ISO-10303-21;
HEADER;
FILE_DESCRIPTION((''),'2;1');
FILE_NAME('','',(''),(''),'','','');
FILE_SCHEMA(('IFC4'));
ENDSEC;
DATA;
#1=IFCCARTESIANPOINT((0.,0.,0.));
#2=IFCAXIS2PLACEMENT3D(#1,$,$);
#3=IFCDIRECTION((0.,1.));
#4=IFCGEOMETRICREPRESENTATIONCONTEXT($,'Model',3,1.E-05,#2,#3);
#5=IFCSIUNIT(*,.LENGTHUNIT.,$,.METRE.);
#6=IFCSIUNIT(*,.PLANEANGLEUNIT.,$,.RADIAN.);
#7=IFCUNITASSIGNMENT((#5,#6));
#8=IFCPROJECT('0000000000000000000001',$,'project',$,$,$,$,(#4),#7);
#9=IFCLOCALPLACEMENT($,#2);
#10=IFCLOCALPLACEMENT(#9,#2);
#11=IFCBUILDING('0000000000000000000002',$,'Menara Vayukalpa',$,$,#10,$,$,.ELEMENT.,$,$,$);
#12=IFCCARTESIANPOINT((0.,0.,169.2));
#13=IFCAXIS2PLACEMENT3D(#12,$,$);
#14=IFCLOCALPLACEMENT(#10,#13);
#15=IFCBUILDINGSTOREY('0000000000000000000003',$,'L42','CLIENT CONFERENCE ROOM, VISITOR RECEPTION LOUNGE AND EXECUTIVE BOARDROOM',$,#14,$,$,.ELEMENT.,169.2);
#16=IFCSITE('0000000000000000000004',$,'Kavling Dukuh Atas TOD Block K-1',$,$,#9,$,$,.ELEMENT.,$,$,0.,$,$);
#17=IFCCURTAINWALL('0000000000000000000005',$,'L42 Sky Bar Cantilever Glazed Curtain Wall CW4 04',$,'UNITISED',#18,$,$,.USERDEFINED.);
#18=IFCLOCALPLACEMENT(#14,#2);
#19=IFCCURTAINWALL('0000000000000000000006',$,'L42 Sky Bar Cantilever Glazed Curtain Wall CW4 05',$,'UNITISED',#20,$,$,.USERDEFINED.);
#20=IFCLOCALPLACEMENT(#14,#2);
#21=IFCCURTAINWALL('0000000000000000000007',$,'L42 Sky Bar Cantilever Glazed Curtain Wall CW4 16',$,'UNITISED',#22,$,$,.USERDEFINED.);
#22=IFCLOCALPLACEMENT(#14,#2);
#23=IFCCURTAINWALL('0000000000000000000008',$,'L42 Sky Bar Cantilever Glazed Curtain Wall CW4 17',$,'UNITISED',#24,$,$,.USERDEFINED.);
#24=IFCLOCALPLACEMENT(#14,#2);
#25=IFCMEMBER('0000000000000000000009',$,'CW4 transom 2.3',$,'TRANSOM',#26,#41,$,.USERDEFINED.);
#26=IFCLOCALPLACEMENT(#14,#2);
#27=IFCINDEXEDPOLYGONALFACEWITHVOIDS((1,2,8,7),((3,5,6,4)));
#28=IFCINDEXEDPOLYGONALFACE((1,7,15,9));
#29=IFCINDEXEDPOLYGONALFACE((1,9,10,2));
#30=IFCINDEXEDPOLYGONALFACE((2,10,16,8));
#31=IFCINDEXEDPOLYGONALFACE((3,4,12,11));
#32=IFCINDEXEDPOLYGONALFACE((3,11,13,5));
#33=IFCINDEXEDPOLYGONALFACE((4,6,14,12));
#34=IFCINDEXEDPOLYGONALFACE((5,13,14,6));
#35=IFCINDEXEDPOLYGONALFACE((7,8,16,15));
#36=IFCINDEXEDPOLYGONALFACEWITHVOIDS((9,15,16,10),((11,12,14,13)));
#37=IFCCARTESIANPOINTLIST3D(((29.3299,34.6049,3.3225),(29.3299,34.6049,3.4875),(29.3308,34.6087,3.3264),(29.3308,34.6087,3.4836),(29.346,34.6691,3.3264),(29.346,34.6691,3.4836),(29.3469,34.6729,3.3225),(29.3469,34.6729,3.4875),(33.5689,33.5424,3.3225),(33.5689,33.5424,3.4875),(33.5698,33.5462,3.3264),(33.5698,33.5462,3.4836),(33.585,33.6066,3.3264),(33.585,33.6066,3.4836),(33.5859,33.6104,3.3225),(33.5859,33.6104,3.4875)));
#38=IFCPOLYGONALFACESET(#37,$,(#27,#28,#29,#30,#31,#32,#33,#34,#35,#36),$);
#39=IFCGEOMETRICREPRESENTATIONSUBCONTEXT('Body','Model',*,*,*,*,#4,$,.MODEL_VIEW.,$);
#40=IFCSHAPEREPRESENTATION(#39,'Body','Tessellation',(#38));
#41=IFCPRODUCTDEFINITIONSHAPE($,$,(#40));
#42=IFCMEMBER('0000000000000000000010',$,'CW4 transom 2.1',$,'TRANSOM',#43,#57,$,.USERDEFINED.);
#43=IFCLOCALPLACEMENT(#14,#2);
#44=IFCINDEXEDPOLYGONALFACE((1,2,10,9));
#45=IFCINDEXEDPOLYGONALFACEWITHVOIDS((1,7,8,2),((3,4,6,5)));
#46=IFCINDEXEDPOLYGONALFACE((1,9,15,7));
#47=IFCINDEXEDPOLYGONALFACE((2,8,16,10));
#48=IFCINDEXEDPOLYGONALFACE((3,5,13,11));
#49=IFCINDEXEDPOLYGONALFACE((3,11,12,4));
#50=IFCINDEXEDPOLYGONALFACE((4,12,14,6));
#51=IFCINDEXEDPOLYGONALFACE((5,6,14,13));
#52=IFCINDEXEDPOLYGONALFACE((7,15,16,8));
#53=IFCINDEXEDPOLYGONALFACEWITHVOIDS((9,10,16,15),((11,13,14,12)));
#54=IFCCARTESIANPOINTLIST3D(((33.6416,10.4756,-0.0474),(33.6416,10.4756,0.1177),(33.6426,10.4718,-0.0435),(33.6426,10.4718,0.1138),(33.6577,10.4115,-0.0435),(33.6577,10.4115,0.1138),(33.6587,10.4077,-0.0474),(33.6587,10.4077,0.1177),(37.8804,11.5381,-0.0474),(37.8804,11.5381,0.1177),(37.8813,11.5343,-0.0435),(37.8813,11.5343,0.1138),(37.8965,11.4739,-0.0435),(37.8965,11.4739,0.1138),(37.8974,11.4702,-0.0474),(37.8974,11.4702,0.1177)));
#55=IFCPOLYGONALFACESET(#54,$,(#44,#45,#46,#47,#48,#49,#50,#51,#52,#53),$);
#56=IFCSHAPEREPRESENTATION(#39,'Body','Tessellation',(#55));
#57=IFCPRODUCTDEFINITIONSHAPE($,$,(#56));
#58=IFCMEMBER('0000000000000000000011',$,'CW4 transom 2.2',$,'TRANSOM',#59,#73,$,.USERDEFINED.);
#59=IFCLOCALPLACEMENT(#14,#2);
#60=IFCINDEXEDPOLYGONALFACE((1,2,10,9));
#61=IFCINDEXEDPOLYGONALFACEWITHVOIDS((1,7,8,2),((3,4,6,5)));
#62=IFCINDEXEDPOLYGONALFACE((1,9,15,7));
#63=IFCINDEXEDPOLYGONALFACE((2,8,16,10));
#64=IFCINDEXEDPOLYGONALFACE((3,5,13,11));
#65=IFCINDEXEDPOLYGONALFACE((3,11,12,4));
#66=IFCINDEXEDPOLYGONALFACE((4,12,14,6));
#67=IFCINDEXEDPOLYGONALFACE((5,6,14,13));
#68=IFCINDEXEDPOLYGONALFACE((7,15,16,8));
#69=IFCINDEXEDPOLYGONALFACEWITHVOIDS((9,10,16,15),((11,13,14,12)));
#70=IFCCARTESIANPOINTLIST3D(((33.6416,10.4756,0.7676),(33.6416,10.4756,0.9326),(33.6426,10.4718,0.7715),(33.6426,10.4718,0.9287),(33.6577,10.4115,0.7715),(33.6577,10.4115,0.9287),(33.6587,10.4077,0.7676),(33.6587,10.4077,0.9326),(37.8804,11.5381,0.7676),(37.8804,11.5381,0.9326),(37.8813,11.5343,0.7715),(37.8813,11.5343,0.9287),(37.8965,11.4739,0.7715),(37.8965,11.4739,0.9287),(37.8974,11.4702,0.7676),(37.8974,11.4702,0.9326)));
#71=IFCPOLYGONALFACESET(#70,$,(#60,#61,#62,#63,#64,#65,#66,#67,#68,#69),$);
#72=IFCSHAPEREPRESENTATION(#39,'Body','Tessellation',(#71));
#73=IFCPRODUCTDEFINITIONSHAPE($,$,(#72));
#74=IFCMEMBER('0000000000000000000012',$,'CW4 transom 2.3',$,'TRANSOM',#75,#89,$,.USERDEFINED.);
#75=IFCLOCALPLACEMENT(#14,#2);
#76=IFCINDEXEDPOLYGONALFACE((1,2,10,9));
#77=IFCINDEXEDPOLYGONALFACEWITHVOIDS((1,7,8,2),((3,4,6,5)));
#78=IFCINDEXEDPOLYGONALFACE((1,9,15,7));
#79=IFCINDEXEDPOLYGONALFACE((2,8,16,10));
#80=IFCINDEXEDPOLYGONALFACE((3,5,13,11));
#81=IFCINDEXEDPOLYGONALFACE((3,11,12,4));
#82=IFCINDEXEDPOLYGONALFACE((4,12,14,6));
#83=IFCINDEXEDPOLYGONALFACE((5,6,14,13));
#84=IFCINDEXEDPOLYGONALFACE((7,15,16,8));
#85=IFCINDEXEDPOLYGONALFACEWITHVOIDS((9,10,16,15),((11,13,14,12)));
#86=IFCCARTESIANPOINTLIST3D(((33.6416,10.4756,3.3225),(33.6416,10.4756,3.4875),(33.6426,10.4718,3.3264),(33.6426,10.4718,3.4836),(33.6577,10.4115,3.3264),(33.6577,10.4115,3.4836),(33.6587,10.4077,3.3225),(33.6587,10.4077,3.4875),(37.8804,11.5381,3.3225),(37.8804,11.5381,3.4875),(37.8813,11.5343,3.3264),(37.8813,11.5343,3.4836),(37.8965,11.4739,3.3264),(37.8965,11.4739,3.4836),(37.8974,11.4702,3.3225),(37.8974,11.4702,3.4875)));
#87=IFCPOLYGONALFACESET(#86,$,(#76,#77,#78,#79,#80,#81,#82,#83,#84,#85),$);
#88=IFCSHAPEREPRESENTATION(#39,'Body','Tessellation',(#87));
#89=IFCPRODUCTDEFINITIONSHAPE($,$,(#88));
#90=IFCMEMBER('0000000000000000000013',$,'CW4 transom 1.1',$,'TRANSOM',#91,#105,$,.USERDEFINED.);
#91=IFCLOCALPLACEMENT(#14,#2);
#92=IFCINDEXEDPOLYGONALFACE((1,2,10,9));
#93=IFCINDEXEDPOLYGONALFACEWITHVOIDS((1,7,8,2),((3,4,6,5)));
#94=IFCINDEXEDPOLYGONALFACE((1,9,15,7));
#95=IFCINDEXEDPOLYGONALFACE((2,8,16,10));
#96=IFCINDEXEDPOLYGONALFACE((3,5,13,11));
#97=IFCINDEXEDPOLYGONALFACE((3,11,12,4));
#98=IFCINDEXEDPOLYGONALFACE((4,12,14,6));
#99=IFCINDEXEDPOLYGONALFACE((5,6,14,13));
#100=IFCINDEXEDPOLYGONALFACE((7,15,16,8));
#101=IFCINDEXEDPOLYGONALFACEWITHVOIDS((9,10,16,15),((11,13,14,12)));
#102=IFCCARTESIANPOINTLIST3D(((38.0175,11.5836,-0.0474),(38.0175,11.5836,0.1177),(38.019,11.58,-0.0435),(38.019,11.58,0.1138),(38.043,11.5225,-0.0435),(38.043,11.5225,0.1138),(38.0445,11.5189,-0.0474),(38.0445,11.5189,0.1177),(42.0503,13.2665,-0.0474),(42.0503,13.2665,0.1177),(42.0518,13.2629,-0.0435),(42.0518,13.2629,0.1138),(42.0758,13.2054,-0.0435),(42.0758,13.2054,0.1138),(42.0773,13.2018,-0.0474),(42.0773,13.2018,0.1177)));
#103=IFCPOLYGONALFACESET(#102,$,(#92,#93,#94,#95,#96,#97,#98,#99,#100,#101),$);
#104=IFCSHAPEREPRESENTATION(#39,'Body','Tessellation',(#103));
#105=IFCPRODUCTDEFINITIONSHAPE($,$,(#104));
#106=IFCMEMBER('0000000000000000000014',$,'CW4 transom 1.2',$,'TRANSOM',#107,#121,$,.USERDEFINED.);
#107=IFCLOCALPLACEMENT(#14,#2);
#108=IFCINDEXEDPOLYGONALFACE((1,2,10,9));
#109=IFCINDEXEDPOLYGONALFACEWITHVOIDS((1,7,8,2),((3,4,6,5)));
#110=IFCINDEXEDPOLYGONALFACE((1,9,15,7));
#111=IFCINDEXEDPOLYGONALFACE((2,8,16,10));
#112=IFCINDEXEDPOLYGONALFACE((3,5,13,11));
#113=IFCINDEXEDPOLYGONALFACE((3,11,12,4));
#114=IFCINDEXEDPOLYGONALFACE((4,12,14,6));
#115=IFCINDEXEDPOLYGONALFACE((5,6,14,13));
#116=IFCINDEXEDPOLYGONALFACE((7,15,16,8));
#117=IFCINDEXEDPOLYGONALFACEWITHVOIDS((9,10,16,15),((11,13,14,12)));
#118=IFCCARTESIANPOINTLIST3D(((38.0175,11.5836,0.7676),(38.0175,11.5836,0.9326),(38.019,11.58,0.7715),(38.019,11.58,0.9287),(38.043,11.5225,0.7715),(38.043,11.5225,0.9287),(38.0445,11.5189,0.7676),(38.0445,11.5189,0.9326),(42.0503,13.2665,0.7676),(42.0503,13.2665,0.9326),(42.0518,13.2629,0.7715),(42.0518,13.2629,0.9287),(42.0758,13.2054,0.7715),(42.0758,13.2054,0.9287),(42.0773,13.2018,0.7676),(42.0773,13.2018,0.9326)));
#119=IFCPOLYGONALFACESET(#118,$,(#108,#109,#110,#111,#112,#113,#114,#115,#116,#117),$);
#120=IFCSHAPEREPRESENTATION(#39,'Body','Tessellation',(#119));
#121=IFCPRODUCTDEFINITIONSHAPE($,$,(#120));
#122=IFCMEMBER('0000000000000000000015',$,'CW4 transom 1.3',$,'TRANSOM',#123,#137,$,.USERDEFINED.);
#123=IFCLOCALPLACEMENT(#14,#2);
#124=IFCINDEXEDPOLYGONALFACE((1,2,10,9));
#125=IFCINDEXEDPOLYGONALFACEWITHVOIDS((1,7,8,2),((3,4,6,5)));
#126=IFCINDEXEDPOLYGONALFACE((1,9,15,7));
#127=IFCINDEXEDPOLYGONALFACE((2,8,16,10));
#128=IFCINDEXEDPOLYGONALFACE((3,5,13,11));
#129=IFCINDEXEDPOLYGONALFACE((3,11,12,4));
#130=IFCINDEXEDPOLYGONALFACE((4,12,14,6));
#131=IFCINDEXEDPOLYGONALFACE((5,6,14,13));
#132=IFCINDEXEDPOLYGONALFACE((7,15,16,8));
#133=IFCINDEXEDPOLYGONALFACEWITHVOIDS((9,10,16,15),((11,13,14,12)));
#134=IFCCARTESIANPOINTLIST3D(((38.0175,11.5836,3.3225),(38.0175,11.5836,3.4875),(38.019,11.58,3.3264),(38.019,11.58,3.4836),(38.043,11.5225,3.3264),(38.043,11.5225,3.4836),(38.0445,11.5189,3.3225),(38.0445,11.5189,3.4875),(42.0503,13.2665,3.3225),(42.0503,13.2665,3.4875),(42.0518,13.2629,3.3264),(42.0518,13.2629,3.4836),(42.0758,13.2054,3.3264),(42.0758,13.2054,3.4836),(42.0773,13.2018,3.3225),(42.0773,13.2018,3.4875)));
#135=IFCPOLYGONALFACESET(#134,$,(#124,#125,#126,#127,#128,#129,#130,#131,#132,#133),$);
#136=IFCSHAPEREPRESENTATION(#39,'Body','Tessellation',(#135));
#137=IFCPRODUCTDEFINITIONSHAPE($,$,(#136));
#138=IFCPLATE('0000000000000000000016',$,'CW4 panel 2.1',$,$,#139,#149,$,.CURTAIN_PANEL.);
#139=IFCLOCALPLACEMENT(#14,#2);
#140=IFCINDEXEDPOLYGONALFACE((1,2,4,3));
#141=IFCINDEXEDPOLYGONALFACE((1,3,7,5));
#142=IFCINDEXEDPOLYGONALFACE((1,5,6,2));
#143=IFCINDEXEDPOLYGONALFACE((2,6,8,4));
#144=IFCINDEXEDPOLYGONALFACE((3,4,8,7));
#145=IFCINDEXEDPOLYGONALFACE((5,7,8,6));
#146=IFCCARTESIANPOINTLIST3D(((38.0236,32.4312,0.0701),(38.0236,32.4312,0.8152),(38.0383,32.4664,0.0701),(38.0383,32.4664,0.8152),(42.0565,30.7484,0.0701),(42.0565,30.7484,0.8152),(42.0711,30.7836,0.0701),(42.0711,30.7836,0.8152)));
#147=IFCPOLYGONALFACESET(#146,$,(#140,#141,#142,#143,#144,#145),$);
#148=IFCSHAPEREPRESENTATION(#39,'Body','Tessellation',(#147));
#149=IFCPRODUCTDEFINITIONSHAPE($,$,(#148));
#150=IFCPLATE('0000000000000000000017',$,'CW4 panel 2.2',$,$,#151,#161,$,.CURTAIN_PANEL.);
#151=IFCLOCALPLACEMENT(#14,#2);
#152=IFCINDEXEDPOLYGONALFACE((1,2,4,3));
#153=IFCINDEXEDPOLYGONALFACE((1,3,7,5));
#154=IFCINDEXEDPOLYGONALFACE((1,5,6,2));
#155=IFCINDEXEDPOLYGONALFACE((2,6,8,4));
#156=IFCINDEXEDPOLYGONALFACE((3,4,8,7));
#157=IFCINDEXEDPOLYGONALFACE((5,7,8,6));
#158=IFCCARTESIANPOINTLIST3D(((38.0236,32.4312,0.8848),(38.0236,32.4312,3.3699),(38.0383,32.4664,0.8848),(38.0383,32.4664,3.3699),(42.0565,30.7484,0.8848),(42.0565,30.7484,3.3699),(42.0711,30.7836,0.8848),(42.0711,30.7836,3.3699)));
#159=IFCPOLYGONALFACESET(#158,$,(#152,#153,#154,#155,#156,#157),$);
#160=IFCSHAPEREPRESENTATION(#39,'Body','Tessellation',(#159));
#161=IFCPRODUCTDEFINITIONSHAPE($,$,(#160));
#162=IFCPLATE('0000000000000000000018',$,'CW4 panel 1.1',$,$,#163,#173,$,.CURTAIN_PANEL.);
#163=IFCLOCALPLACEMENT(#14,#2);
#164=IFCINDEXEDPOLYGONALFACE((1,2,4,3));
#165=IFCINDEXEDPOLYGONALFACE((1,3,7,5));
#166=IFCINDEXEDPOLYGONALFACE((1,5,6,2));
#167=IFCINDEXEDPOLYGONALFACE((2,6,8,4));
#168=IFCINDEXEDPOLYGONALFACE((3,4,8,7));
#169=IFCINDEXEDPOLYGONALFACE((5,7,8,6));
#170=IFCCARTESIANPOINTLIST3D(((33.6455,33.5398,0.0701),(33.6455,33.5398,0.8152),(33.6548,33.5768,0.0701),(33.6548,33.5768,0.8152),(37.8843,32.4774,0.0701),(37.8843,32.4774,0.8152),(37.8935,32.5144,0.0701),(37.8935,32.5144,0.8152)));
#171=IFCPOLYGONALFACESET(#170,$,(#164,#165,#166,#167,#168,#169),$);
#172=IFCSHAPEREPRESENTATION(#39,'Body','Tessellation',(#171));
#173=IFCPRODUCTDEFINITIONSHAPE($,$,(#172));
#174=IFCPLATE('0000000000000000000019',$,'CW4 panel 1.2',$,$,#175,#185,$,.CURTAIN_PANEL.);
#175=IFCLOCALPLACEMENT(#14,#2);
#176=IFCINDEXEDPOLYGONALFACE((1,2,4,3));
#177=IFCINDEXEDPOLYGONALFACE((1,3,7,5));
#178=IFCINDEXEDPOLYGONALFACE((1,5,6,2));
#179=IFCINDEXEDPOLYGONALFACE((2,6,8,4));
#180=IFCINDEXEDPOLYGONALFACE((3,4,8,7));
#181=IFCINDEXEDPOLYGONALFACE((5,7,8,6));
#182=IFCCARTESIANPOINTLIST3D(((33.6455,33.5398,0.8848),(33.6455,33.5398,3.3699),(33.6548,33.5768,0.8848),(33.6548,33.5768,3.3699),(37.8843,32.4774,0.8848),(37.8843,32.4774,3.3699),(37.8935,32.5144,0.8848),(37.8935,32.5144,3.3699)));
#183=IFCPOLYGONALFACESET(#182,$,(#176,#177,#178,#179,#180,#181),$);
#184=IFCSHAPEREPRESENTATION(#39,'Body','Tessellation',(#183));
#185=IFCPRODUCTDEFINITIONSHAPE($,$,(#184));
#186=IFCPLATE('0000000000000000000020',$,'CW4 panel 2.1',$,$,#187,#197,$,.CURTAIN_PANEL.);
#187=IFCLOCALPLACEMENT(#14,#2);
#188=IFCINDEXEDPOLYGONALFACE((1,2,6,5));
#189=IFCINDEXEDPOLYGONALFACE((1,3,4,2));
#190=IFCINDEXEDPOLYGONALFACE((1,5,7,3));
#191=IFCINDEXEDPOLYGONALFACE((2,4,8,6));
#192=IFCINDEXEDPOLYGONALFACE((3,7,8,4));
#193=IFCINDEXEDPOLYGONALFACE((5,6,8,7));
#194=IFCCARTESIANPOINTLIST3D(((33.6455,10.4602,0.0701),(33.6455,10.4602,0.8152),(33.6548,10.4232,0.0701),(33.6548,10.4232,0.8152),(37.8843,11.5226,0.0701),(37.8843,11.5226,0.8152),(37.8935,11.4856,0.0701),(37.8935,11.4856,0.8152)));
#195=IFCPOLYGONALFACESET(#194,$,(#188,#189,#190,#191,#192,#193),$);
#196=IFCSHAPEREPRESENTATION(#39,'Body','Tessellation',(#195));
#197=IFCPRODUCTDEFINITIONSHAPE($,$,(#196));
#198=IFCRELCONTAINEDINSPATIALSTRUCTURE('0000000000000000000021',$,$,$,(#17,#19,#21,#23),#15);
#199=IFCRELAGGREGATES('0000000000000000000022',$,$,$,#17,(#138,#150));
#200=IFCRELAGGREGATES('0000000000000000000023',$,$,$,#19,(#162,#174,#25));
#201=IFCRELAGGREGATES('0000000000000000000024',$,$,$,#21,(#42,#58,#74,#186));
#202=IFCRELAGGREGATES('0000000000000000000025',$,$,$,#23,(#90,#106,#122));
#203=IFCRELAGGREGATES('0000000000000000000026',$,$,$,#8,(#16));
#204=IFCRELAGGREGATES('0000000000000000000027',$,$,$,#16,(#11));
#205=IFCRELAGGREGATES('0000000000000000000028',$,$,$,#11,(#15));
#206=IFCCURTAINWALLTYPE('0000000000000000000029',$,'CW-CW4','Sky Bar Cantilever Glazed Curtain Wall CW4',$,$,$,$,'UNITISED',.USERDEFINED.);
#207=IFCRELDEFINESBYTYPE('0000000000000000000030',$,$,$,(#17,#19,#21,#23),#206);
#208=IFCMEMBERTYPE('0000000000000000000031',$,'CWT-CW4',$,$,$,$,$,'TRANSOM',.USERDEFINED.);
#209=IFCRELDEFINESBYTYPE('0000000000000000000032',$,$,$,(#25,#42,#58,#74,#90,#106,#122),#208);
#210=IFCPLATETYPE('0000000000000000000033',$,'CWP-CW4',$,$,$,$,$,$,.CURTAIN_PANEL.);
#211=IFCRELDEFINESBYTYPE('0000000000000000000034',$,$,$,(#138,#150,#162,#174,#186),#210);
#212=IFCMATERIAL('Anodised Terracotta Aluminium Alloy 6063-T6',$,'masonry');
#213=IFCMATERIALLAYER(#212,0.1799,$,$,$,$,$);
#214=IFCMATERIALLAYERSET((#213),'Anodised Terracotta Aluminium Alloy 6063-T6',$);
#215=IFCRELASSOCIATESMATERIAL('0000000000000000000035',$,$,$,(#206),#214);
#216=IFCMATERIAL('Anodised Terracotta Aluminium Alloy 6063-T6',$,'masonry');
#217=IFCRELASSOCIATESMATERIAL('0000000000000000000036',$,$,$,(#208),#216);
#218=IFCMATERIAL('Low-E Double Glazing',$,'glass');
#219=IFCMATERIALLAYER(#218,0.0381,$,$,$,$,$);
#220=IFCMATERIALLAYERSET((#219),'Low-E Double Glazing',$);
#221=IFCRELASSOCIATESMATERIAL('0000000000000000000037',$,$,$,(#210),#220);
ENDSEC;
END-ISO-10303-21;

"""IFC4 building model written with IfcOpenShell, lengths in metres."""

from ifc_helpers import new_model, si_unit, direction, frame, origin, origin_2d, place, context, subcontext, project, spatial, rectangle, hollow_rectangle, extrude, material, layer, layer_set, material_profile, profile_set, type_object, element, aggregate, save


model = new_model("IFC4")

# Units and contexts
model_context = context("Model", 3, precision=1e-05, world=origin(), true_north=direction((0.0, 1.0)))
body_context = subcontext(model_context, "Body", "Model", "MODEL_VIEW")
ifc_project = project(units=[si_unit("LENGTHUNIT", "METRE"), si_unit("PLANEANGLEUNIT", "RADIAN")], contexts=[model_context])

# Site, building, storey
site_placement = place(None, origin())
site = spatial("IfcSite", under=ifc_project, at=site_placement, Name="Kavling Dukuh Atas TOD Block K-1", CompositionType="ELEMENT", RefElevation=0.0)
building_placement = place(site_placement, origin())
building = spatial("IfcBuilding", under=site, at=building_placement, Name="Menara Vayukalpa", CompositionType="ELEMENT")
storey_placement = place(building_placement, frame((0.0, 0.0, 169.2)))
storey = spatial("IfcBuildingStorey", under=building, at=storey_placement, Name="L42", Description="CLIENT CONFERENCE ROOM, VISITOR RECEPTION LOUNGE AND EXECUTIVE BOARDROOM", CompositionType="ELEMENT", Elevation=169.2)

# Curtain wall
ifc_material_1 = material(Name="Anodised Terracotta Aluminium Alloy 6063-T6", Category="masonry")
ifc_layer_1 = layer(ifc_material_1, 0.1799)
ifc_layer_set_1 = layer_set([ifc_layer_1], Name="Anodised Terracotta Aluminium Alloy 6063-T6")
curtain_wall_type = type_object("IfcCurtainWallType", Name="CW-CW4", Description="Sky Bar Cantilever Glazed Curtain Wall CW4", ElementType="UNITISED", PredefinedType="USERDEFINED", material=ifc_layer_set_1)
curtain_wall_1_placement = place(storey_placement, origin())
curtain_wall_1 = element("IfcCurtainWall", 1, at=curtain_wall_1_placement, inside=storey, type_object=curtain_wall_type, Name="L42 Sky Bar Cantilever Glazed Curtain Wall CW4 04", ObjectType="UNITISED", PredefinedType="USERDEFINED")

# Curtain walls
curtain_wall_2_placement = place(storey_placement, origin())
curtain_wall_2 = element("IfcCurtainWall", 2, at=curtain_wall_2_placement, inside=storey, type_object=curtain_wall_type, Name="L42 Sky Bar Cantilever Glazed Curtain Wall CW4 05", ObjectType="UNITISED", PredefinedType="USERDEFINED")
curtain_wall_3_placement = place(storey_placement, origin())
curtain_wall_3 = element("IfcCurtainWall", 3, at=curtain_wall_3_placement, inside=storey, type_object=curtain_wall_type, Name="L42 Sky Bar Cantilever Glazed Curtain Wall CW4 16", ObjectType="UNITISED", PredefinedType="USERDEFINED")

# Curtain wall
curtain_wall_4_placement = place(storey_placement, origin())
curtain_wall_4 = element("IfcCurtainWall", 4, at=curtain_wall_4_placement, inside=storey, type_object=curtain_wall_type, Name="L42 Sky Bar Cantilever Glazed Curtain Wall CW4 17", ObjectType="UNITISED", PredefinedType="USERDEFINED")

# Members
ifc_material_2 = material(Name="Anodised Terracotta Aluminium Alloy 6063-T6", Category="masonry")
ifc_material_profile_1 = material_profile(ifc_material_2, hollow_rectangle(XDim=0.0701, YDim=0.165, WallThickness=0.0039, at=origin_2d()), Name="ALU 70x165x4")
ifc_profile_set_1 = profile_set([ifc_material_profile_1], Name="Anodised Terracotta Aluminium Alloy 6063-T6")
member_type_1 = type_object("IfcMemberType", Name="CWT-CW4", ElementType="TRANSOM", PredefinedType="USERDEFINED", material=ifc_profile_set_1)
member_1_placement = place(storey_placement, frame((33.5774, 33.5764, 3.405), z_axis=(-0.969994, 0.243127, 0.0), x_axis=(-0.243127, -0.969994, 0.0)))
member_1 = element("IfcMember", 5, at=member_1_placement, type_object=member_type_1, Name="CW4 transom 2.3", ObjectType="TRANSOM", PredefinedType="USERDEFINED", context=body_context, shape_type="SweptSolid", body=[
    extrude(hollow_rectangle(XDim=0.0701, YDim=0.165, WallThickness=0.0039, at=origin_2d()), origin(), (0.0, 0.0, 1.0), 4.3701),
])
member_2_placement = place(storey_placement, frame((33.6501, 10.4417, 0.0352), z_axis=(0.969991, 0.24314, 0.0), x_axis=(-0.24314, 0.969991, 0.0)))
member_2 = element("IfcMember", 6, at=member_2_placement, type_object=member_type_1, Name="CW4 transom 2.1", ObjectType="TRANSOM", PredefinedType="USERDEFINED", context=body_context, shape_type="SweptSolid", body=[
    extrude(hollow_rectangle(XDim=0.0701, YDim=0.165, WallThickness=0.0039, at=origin_2d()), origin(), (0.0, 0.0, 1.0), 4.3699),
])
member_3_placement = place(storey_placement, frame((33.6501, 10.4417, 0.8501), z_axis=(0.969991, 0.24314, 0.0), x_axis=(-0.24314, 0.969991, 0.0)))
member_3 = element("IfcMember", 7, at=member_3_placement, type_object=member_type_1, Name="CW4 transom 2.2", ObjectType="TRANSOM", PredefinedType="USERDEFINED", context=body_context, shape_type="SweptSolid", body=[
    extrude(hollow_rectangle(XDim=0.0701, YDim=0.165, WallThickness=0.0039, at=origin_2d()), origin(), (0.0, 0.0, 1.0), 4.3699),
])
member_4_placement = place(storey_placement, frame((33.6501, 10.4417, 3.405), z_axis=(0.969991, 0.24314, 0.0), x_axis=(-0.24314, 0.969991, 0.0)))
member_4 = element("IfcMember", 8, at=member_4_placement, type_object=member_type_1, Name="CW4 transom 2.3", ObjectType="TRANSOM", PredefinedType="USERDEFINED", context=body_context, shape_type="SweptSolid", body=[
    extrude(hollow_rectangle(XDim=0.0701, YDim=0.165, WallThickness=0.0039, at=origin_2d()), origin(), (0.0, 0.0, 1.0), 4.3699),
])
member_5_placement = place(storey_placement, frame((38.031, 11.5513, 0.0352), z_axis=(0.922869, 0.385115, 0.0), x_axis=(-0.385115, 0.922869, 0.0)))
member_5 = element("IfcMember", 9, at=member_5_placement, type_object=member_type_1, Name="CW4 transom 1.1", ObjectType="TRANSOM", PredefinedType="USERDEFINED", context=body_context, shape_type="SweptSolid", body=[
    extrude(hollow_rectangle(XDim=0.0701, YDim=0.165, WallThickness=0.0039, at=origin_2d()), origin(), (0.0, 0.0, 1.0), 4.3699),
])
member_6_placement = place(storey_placement, frame((38.031, 11.5513, 0.8501), z_axis=(0.922869, 0.385115, 0.0), x_axis=(-0.385115, 0.922869, 0.0)))
member_6 = element("IfcMember", 10, at=member_6_placement, type_object=member_type_1, Name="CW4 transom 1.2", ObjectType="TRANSOM", PredefinedType="USERDEFINED", context=body_context, shape_type="SweptSolid", body=[
    extrude(hollow_rectangle(XDim=0.0701, YDim=0.165, WallThickness=0.0039, at=origin_2d()), origin(), (0.0, 0.0, 1.0), 4.3699),
])
member_7_placement = place(storey_placement, frame((38.031, 11.5513, 3.405), z_axis=(0.922869, 0.385115, 0.0), x_axis=(-0.385115, 0.922869, 0.0)))
member_7 = element("IfcMember", 11, at=member_7_placement, type_object=member_type_1, Name="CW4 transom 1.3", ObjectType="TRANSOM", PredefinedType="USERDEFINED", context=body_context, shape_type="SweptSolid", body=[
    extrude(hollow_rectangle(XDim=0.0701, YDim=0.165, WallThickness=0.0039, at=origin_2d()), origin(), (0.0, 0.0, 1.0), 4.3699),
])

# Plates
ifc_material_3 = material(Name="Low-E Double Glazing", Category="glass")
ifc_layer_2 = layer(ifc_material_3, 0.0381)
ifc_layer_set_2 = layer_set([ifc_layer_2], Name="Low-E Double Glazing")
plate_type = type_object("IfcPlateType", Name="CWP-CW4", PredefinedType="CURTAIN_PANEL", material=ifc_layer_set_2)
plate_1_placement = place(storey_placement, frame((40.0474, 31.6074, 0.0701), z_axis=(0.0, 0.0, 1.0), x_axis=(-0.922878, 0.385091, 0.0)))
plate_1 = element("IfcPlate", 12, at=plate_1_placement, type_object=plate_type, Name="CW4 panel 2.1", PredefinedType="CURTAIN_PANEL", context=body_context, shape_type="SweptSolid", body=[
    extrude(rectangle(XDim=4.3699, YDim=0.0381, at=origin_2d()), origin(), (0.0, 0.0, 1.0), 0.7451),
])
plate_2_placement = place(storey_placement, frame((40.0474, 31.6074, 0.8848), z_axis=(0.0, 0.0, 1.0), x_axis=(-0.922878, 0.385091, 0.0)))
plate_2 = element("IfcPlate", 13, at=plate_2_placement, type_object=plate_type, Name="CW4 panel 2.2", PredefinedType="CURTAIN_PANEL", context=body_context, shape_type="SweptSolid", body=[
    extrude(rectangle(XDim=4.3699, YDim=0.0381, at=origin_2d()), origin(), (0.0, 0.0, 1.0), 2.4851),
])
aggregate(curtain_wall_1, [plate_1, plate_2])
plate_3_placement = place(storey_placement, frame((35.7695, 33.0271, 0.0701), z_axis=(0.0, 0.0, 1.0), x_axis=(-0.969998, 0.243113, 0.0)))
plate_3 = element("IfcPlate", 14, at=plate_3_placement, type_object=plate_type, Name="CW4 panel 1.1", PredefinedType="CURTAIN_PANEL", context=body_context, shape_type="SweptSolid", body=[
    extrude(rectangle(XDim=4.3699, YDim=0.0381, at=origin_2d()), origin(), (0.0, 0.0, 1.0), 0.7451),
])
plate_4_placement = place(storey_placement, frame((35.7695, 33.0271, 0.8848), z_axis=(0.0, 0.0, 1.0), x_axis=(-0.969998, 0.243113, 0.0)))
plate_4 = element("IfcPlate", 15, at=plate_4_placement, type_object=plate_type, Name="CW4 panel 1.2", PredefinedType="CURTAIN_PANEL", context=body_context, shape_type="SweptSolid", body=[
    extrude(rectangle(XDim=4.3699, YDim=0.0381, at=origin_2d()), origin(), (0.0, 0.0, 1.0), 2.4851),
])
aggregate(curtain_wall_2, [plate_3, plate_4, member_1])
plate_5_placement = place(storey_placement, frame((35.7695, 10.9729, 0.0701), z_axis=(0.0, 0.0, 1.0), x_axis=(0.969998, 0.243113, 0.0)))
plate_5 = element("IfcPlate", 16, at=plate_5_placement, type_object=plate_type, Name="CW4 panel 2.1", PredefinedType="CURTAIN_PANEL", context=body_context, shape_type="SweptSolid", body=[
    extrude(rectangle(XDim=4.3699, YDim=0.0381, at=origin_2d()), origin(), (0.0, 0.0, 1.0), 0.7451),
])
aggregate(curtain_wall_3, [member_2, member_3, member_4, plate_5])
aggregate(curtain_wall_4, [member_5, member_6, member_7])

save(model, "model.ifc")
